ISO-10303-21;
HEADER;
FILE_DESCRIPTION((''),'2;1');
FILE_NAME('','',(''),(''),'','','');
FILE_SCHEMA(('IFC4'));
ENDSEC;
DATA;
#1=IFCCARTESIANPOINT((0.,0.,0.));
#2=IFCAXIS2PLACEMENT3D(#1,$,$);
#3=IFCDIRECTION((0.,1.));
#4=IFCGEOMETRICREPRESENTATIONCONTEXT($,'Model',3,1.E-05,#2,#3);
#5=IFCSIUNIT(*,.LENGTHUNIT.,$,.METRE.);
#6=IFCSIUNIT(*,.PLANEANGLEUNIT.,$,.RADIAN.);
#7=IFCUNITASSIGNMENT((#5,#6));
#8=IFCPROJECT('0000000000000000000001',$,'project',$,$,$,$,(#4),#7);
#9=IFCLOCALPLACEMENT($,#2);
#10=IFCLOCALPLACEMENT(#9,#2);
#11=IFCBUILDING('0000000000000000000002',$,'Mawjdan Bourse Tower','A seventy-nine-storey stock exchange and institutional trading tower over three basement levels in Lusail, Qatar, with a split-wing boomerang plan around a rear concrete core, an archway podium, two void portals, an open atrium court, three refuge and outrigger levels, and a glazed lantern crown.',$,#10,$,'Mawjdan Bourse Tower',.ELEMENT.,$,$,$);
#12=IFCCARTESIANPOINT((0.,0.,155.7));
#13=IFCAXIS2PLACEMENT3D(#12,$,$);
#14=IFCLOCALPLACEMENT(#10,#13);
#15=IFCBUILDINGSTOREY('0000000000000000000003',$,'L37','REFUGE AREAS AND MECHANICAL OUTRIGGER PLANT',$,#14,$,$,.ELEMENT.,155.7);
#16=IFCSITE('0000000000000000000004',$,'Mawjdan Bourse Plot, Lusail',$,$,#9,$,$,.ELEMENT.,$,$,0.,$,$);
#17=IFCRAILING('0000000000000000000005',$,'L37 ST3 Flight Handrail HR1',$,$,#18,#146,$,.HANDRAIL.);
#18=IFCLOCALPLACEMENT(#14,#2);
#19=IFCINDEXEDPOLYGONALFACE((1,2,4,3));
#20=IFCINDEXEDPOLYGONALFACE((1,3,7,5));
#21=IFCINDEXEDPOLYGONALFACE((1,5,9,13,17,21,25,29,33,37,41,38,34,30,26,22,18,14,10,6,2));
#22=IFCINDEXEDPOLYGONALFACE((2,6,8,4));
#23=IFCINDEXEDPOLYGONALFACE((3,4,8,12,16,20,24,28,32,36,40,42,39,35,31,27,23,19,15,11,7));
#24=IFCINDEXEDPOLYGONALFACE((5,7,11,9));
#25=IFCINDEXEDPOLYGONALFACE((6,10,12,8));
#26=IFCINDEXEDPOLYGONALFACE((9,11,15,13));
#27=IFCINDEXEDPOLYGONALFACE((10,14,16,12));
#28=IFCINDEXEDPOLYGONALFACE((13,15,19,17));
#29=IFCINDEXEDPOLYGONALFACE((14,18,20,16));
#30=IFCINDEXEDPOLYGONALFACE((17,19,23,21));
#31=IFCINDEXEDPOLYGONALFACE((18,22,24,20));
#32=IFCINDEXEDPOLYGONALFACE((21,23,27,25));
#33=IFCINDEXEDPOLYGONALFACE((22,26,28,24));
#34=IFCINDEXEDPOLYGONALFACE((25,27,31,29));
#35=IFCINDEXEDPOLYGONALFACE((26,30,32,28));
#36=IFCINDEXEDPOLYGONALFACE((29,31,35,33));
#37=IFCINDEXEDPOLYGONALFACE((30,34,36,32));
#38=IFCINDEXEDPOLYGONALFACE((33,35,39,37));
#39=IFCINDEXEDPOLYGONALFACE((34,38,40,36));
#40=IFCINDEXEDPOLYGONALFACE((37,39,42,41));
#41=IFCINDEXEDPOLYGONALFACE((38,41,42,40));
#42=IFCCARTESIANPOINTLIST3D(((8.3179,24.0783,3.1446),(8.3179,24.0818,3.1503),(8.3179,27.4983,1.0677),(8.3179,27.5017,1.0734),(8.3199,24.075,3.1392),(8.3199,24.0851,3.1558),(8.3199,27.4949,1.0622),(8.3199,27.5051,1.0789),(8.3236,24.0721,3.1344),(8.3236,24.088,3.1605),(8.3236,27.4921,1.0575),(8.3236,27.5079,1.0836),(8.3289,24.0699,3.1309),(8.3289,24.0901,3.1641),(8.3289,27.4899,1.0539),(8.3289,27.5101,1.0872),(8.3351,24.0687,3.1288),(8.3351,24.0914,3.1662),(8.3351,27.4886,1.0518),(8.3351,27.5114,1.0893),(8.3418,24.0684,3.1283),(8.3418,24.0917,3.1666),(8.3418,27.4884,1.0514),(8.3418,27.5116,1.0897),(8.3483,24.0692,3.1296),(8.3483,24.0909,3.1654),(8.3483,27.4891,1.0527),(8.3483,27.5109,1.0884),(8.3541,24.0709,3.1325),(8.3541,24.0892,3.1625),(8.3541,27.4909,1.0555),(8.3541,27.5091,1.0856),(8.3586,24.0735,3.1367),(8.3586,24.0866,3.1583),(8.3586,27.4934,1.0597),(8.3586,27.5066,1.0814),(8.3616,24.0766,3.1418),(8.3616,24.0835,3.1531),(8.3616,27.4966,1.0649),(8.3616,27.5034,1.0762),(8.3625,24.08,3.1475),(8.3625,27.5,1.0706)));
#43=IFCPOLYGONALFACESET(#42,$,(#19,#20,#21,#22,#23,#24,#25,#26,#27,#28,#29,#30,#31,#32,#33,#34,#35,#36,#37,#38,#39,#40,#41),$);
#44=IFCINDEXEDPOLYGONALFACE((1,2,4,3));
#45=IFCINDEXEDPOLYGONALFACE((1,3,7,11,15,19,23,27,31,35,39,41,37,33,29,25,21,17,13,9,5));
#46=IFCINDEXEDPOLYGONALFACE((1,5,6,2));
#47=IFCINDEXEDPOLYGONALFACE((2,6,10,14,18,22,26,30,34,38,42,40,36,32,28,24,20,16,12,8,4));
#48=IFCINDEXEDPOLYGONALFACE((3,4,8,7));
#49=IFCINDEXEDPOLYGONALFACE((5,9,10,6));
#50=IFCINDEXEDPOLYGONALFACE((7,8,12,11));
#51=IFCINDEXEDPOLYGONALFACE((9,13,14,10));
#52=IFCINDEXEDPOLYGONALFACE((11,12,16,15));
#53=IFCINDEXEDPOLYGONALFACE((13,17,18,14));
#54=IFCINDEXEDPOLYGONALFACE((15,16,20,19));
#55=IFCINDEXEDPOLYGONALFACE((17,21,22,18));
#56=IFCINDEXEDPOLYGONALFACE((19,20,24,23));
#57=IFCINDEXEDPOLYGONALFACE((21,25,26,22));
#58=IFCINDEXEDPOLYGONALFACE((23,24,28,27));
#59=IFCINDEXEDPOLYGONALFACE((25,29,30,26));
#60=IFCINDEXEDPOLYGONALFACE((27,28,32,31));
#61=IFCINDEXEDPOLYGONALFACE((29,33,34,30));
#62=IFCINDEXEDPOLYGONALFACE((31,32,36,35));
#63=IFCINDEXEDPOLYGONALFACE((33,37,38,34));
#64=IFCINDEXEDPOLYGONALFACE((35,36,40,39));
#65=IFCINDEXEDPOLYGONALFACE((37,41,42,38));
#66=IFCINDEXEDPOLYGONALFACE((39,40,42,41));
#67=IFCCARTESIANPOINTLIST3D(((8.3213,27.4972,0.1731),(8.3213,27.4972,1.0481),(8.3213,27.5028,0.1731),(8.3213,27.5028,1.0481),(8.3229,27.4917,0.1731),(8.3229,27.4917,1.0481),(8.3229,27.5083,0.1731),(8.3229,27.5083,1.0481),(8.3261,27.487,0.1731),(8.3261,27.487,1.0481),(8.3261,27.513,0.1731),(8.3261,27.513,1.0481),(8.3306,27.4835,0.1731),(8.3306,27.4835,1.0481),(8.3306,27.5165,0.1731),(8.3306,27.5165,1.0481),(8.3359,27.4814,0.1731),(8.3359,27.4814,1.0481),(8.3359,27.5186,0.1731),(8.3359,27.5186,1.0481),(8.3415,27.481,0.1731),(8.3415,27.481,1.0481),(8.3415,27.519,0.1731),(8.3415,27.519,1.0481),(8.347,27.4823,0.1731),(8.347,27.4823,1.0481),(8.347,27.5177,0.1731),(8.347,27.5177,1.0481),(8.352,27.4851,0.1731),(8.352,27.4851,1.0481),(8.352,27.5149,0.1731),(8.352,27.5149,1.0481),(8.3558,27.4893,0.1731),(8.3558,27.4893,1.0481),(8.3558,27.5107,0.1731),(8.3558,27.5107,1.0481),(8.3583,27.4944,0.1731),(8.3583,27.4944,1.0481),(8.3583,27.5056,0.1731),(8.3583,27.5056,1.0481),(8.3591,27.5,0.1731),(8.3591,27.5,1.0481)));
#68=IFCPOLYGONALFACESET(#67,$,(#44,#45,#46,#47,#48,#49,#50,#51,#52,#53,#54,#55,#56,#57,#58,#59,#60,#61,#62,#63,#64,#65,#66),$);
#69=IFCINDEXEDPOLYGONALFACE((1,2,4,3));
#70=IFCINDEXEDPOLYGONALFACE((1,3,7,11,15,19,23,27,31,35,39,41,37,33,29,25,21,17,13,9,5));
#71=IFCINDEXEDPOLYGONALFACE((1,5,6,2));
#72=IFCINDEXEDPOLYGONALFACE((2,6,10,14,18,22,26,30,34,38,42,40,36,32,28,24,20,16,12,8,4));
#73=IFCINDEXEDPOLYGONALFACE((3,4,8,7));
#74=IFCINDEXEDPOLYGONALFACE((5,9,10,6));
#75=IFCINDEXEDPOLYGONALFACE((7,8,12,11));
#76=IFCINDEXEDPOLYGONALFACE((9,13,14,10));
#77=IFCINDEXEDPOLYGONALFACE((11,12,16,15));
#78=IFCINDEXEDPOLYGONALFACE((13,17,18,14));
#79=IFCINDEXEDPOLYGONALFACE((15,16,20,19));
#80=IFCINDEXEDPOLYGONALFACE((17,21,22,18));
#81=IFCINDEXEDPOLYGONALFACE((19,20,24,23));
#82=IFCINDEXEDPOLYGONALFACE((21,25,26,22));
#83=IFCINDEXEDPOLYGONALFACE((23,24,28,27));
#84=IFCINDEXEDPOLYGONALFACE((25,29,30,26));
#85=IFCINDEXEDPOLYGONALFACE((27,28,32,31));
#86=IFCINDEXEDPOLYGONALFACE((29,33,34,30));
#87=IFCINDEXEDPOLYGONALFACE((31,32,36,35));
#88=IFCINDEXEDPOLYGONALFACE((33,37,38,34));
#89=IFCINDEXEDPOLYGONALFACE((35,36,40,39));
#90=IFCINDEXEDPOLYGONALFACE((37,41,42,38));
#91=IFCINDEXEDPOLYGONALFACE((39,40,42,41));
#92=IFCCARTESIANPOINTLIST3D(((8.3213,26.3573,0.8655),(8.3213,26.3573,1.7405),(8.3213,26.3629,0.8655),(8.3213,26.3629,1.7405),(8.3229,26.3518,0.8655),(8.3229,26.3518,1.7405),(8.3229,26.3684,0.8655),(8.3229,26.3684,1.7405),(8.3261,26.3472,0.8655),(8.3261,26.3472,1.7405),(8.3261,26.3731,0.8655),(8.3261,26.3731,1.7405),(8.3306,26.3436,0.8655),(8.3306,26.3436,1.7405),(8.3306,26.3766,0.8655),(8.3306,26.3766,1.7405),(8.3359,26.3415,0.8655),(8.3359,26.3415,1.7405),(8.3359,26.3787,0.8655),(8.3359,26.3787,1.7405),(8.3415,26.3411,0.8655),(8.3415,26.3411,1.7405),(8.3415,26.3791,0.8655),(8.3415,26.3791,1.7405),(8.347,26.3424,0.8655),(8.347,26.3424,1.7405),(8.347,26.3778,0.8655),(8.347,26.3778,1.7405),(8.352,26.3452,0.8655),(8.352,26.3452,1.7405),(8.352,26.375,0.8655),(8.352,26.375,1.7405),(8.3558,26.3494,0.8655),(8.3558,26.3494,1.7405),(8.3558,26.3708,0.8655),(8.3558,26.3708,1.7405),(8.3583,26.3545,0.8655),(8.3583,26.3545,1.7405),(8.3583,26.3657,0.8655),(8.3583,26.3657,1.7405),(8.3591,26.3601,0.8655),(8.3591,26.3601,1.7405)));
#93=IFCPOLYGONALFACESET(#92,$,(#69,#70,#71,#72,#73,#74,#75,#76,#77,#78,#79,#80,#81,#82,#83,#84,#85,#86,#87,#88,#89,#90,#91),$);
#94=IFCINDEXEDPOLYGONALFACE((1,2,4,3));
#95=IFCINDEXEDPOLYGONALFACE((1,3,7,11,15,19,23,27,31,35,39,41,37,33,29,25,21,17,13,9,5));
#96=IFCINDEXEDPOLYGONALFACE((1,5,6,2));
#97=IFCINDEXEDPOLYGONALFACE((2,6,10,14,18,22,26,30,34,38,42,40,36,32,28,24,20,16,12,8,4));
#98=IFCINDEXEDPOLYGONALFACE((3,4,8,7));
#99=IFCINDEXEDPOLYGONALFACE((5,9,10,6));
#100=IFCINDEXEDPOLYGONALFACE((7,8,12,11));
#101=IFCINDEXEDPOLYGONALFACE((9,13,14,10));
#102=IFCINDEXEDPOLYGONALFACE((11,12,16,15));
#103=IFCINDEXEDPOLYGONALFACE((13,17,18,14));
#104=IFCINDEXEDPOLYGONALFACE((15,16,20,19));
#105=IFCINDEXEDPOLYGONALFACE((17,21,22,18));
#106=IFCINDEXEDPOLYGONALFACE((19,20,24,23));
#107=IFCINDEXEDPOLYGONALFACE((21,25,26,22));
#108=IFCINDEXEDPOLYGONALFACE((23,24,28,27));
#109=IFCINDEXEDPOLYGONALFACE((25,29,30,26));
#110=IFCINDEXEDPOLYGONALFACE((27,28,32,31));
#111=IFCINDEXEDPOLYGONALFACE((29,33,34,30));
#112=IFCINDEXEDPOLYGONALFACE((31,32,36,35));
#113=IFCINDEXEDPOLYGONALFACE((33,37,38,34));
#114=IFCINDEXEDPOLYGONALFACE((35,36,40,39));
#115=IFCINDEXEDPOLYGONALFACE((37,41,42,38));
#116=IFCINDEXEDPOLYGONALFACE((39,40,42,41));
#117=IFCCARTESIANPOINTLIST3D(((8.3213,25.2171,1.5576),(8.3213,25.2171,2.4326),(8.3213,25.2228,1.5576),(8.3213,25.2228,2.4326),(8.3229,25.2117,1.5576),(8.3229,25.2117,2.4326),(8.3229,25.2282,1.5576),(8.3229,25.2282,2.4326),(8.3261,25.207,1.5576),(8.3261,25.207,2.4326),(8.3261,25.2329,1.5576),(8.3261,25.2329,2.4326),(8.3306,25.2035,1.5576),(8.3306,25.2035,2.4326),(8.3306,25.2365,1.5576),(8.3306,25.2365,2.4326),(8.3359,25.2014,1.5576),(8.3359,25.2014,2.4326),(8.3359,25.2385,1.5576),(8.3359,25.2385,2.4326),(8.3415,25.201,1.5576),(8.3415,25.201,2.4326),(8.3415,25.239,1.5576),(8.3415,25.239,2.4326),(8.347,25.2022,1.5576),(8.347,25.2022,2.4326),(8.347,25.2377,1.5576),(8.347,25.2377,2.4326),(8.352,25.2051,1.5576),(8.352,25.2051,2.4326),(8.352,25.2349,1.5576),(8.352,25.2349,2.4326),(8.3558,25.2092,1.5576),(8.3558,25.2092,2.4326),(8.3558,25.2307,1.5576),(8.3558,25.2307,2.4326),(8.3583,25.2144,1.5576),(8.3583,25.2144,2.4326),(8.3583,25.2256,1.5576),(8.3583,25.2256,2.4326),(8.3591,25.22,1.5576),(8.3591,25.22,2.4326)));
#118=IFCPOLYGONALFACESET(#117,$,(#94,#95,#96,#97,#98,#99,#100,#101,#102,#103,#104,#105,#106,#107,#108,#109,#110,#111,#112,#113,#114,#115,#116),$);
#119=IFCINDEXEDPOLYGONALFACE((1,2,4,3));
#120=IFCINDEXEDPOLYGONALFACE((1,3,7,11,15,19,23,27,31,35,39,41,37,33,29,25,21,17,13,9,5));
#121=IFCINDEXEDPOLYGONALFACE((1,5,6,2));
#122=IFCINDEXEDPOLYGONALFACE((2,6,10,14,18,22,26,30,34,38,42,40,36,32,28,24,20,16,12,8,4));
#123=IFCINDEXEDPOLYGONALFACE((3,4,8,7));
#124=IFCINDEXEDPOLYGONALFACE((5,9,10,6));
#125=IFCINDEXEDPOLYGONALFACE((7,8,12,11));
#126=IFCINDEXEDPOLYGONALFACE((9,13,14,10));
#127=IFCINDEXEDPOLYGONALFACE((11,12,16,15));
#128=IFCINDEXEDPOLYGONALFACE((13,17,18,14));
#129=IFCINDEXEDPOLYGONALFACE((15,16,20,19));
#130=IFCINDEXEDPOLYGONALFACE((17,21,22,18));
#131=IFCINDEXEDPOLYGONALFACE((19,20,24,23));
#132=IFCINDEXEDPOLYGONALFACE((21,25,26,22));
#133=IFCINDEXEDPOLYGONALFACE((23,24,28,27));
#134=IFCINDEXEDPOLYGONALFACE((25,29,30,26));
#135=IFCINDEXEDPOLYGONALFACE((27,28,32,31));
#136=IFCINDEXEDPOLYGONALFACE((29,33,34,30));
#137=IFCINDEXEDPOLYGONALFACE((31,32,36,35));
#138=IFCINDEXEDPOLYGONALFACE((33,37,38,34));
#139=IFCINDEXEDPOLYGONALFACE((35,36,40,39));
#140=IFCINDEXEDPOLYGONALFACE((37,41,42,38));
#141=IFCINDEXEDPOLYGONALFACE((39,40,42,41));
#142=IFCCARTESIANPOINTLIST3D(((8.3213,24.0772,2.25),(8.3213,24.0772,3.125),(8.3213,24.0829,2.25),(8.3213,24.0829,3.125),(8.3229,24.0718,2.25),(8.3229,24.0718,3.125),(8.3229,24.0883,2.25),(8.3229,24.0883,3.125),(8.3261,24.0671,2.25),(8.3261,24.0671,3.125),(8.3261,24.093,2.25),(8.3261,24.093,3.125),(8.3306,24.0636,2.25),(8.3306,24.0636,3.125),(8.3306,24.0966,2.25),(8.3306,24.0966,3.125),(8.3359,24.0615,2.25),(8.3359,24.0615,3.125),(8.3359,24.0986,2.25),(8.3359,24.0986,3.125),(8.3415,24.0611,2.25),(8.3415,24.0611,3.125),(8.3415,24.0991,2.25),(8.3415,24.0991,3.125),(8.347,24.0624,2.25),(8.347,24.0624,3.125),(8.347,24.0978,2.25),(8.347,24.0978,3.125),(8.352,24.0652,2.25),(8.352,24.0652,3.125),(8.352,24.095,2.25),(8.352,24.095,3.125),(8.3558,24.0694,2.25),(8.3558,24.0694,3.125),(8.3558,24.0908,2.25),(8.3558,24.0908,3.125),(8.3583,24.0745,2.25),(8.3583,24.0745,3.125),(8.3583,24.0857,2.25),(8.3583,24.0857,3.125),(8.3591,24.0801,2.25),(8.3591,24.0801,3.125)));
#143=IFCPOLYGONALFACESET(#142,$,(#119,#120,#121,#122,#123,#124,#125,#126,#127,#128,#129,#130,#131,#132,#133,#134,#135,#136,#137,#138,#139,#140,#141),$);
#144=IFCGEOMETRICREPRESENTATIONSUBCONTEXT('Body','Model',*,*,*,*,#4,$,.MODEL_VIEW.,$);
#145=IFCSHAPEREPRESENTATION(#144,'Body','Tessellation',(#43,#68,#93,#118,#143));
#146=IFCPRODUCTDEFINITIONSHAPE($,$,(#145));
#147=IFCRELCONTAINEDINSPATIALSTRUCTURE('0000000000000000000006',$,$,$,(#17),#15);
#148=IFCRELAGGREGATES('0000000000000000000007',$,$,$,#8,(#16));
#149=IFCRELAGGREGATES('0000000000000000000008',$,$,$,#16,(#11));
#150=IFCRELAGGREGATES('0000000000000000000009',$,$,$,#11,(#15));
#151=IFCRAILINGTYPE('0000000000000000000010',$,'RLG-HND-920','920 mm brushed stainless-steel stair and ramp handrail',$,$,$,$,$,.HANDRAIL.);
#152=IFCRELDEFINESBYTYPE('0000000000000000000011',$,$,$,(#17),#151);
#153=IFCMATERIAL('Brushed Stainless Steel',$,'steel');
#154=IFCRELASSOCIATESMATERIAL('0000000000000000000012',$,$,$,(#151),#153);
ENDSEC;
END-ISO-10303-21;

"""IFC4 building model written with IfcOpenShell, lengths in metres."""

from ifc_helpers import new_model, si_unit, direction, frame, origin, origin_2d, place, context, subcontext, project, spatial, circle, extrude, material, type_object, element, save


model = new_model("IFC4")

# Units and contexts
model_context = context("Model", 3, precision=1e-05, world=origin(), true_north=direction((0.0, 1.0)))
body_context = subcontext(model_context, "Body", "Model", "MODEL_VIEW")
ifc_project = project(units=[si_unit("LENGTHUNIT", "METRE"), si_unit("PLANEANGLEUNIT", "RADIAN")], contexts=[model_context])

# Site, building, storey
site_placement = place(None, origin())
site = spatial("IfcSite", under=ifc_project, at=site_placement, Name="Mawjdan Bourse Plot, Lusail", CompositionType="ELEMENT", RefElevation=0.0)
building_placement = place(site_placement, origin())
building = spatial("IfcBuilding", under=site, at=building_placement, Name="Mawjdan Bourse Tower", Description="A seventy-nine-storey stock exchange and institutional trading tower over three basement levels in Lusail, Qatar, with a split-wing boomerang plan around a rear concrete core, an archway podium, two void portals, an open atrium court, three refuge and outrigger levels, and a glazed lantern crown.", LongName="Mawjdan Bourse Tower", CompositionType="ELEMENT")
storey_placement = place(building_placement, frame((0.0, 0.0, 155.7)))
storey = spatial("IfcBuildingStorey", under=building, at=storey_placement, Name="L37", Description="REFUGE AREAS AND MECHANICAL OUTRIGGER PLANT", CompositionType="ELEMENT", Elevation=155.7)

# Railing
ifc_material_1 = material(Name="Brushed Stainless Steel", Category="steel")
railing_type_1 = type_object("IfcRailingType", Name="RLG-HND-920", Description="920 mm brushed stainless-steel stair and ramp handrail", PredefinedType="HANDRAIL", material=ifc_material_1)
railing_1_placement = place(storey_placement, frame((8.3401, 27.5, 0.1731)))
element("IfcRailing", 1, at=railing_1_placement, inside=storey, type_object=railing_type_1, Name="L37 ST3 Flight Handrail HR1", PredefinedType="HANDRAIL", context=body_context, shape_type="SweptSolid", body=[
    extrude(circle(Radius=0.0225, at=origin_2d()), frame((0.0, 0.0, 0.8975), z_axis=(0.0, -0.85473, 0.519074), x_axis=(1.0, 0.0, 0.0)), (0.0, 0.0, 1.0), 4.0012),
    extrude(circle(Radius=0.019, at=origin_2d()), origin(), (0.0, 0.0, 1.0), 0.875),
    extrude(circle(Radius=0.019, at=origin_2d()), frame((0.0, -1.1399, 0.6924)), (0.0, 0.0, 1.0), 0.875),
    extrude(circle(Radius=0.019, at=origin_2d()), frame((0.0, -2.28, 1.3845)), (0.0, 0.0, 1.0), 0.875),
    extrude(circle(Radius=0.019, at=origin_2d()), frame((0.0, -3.4199, 2.0769)), (0.0, 0.0, 1.0), 0.875),
])

save(model, "model.ifc")
